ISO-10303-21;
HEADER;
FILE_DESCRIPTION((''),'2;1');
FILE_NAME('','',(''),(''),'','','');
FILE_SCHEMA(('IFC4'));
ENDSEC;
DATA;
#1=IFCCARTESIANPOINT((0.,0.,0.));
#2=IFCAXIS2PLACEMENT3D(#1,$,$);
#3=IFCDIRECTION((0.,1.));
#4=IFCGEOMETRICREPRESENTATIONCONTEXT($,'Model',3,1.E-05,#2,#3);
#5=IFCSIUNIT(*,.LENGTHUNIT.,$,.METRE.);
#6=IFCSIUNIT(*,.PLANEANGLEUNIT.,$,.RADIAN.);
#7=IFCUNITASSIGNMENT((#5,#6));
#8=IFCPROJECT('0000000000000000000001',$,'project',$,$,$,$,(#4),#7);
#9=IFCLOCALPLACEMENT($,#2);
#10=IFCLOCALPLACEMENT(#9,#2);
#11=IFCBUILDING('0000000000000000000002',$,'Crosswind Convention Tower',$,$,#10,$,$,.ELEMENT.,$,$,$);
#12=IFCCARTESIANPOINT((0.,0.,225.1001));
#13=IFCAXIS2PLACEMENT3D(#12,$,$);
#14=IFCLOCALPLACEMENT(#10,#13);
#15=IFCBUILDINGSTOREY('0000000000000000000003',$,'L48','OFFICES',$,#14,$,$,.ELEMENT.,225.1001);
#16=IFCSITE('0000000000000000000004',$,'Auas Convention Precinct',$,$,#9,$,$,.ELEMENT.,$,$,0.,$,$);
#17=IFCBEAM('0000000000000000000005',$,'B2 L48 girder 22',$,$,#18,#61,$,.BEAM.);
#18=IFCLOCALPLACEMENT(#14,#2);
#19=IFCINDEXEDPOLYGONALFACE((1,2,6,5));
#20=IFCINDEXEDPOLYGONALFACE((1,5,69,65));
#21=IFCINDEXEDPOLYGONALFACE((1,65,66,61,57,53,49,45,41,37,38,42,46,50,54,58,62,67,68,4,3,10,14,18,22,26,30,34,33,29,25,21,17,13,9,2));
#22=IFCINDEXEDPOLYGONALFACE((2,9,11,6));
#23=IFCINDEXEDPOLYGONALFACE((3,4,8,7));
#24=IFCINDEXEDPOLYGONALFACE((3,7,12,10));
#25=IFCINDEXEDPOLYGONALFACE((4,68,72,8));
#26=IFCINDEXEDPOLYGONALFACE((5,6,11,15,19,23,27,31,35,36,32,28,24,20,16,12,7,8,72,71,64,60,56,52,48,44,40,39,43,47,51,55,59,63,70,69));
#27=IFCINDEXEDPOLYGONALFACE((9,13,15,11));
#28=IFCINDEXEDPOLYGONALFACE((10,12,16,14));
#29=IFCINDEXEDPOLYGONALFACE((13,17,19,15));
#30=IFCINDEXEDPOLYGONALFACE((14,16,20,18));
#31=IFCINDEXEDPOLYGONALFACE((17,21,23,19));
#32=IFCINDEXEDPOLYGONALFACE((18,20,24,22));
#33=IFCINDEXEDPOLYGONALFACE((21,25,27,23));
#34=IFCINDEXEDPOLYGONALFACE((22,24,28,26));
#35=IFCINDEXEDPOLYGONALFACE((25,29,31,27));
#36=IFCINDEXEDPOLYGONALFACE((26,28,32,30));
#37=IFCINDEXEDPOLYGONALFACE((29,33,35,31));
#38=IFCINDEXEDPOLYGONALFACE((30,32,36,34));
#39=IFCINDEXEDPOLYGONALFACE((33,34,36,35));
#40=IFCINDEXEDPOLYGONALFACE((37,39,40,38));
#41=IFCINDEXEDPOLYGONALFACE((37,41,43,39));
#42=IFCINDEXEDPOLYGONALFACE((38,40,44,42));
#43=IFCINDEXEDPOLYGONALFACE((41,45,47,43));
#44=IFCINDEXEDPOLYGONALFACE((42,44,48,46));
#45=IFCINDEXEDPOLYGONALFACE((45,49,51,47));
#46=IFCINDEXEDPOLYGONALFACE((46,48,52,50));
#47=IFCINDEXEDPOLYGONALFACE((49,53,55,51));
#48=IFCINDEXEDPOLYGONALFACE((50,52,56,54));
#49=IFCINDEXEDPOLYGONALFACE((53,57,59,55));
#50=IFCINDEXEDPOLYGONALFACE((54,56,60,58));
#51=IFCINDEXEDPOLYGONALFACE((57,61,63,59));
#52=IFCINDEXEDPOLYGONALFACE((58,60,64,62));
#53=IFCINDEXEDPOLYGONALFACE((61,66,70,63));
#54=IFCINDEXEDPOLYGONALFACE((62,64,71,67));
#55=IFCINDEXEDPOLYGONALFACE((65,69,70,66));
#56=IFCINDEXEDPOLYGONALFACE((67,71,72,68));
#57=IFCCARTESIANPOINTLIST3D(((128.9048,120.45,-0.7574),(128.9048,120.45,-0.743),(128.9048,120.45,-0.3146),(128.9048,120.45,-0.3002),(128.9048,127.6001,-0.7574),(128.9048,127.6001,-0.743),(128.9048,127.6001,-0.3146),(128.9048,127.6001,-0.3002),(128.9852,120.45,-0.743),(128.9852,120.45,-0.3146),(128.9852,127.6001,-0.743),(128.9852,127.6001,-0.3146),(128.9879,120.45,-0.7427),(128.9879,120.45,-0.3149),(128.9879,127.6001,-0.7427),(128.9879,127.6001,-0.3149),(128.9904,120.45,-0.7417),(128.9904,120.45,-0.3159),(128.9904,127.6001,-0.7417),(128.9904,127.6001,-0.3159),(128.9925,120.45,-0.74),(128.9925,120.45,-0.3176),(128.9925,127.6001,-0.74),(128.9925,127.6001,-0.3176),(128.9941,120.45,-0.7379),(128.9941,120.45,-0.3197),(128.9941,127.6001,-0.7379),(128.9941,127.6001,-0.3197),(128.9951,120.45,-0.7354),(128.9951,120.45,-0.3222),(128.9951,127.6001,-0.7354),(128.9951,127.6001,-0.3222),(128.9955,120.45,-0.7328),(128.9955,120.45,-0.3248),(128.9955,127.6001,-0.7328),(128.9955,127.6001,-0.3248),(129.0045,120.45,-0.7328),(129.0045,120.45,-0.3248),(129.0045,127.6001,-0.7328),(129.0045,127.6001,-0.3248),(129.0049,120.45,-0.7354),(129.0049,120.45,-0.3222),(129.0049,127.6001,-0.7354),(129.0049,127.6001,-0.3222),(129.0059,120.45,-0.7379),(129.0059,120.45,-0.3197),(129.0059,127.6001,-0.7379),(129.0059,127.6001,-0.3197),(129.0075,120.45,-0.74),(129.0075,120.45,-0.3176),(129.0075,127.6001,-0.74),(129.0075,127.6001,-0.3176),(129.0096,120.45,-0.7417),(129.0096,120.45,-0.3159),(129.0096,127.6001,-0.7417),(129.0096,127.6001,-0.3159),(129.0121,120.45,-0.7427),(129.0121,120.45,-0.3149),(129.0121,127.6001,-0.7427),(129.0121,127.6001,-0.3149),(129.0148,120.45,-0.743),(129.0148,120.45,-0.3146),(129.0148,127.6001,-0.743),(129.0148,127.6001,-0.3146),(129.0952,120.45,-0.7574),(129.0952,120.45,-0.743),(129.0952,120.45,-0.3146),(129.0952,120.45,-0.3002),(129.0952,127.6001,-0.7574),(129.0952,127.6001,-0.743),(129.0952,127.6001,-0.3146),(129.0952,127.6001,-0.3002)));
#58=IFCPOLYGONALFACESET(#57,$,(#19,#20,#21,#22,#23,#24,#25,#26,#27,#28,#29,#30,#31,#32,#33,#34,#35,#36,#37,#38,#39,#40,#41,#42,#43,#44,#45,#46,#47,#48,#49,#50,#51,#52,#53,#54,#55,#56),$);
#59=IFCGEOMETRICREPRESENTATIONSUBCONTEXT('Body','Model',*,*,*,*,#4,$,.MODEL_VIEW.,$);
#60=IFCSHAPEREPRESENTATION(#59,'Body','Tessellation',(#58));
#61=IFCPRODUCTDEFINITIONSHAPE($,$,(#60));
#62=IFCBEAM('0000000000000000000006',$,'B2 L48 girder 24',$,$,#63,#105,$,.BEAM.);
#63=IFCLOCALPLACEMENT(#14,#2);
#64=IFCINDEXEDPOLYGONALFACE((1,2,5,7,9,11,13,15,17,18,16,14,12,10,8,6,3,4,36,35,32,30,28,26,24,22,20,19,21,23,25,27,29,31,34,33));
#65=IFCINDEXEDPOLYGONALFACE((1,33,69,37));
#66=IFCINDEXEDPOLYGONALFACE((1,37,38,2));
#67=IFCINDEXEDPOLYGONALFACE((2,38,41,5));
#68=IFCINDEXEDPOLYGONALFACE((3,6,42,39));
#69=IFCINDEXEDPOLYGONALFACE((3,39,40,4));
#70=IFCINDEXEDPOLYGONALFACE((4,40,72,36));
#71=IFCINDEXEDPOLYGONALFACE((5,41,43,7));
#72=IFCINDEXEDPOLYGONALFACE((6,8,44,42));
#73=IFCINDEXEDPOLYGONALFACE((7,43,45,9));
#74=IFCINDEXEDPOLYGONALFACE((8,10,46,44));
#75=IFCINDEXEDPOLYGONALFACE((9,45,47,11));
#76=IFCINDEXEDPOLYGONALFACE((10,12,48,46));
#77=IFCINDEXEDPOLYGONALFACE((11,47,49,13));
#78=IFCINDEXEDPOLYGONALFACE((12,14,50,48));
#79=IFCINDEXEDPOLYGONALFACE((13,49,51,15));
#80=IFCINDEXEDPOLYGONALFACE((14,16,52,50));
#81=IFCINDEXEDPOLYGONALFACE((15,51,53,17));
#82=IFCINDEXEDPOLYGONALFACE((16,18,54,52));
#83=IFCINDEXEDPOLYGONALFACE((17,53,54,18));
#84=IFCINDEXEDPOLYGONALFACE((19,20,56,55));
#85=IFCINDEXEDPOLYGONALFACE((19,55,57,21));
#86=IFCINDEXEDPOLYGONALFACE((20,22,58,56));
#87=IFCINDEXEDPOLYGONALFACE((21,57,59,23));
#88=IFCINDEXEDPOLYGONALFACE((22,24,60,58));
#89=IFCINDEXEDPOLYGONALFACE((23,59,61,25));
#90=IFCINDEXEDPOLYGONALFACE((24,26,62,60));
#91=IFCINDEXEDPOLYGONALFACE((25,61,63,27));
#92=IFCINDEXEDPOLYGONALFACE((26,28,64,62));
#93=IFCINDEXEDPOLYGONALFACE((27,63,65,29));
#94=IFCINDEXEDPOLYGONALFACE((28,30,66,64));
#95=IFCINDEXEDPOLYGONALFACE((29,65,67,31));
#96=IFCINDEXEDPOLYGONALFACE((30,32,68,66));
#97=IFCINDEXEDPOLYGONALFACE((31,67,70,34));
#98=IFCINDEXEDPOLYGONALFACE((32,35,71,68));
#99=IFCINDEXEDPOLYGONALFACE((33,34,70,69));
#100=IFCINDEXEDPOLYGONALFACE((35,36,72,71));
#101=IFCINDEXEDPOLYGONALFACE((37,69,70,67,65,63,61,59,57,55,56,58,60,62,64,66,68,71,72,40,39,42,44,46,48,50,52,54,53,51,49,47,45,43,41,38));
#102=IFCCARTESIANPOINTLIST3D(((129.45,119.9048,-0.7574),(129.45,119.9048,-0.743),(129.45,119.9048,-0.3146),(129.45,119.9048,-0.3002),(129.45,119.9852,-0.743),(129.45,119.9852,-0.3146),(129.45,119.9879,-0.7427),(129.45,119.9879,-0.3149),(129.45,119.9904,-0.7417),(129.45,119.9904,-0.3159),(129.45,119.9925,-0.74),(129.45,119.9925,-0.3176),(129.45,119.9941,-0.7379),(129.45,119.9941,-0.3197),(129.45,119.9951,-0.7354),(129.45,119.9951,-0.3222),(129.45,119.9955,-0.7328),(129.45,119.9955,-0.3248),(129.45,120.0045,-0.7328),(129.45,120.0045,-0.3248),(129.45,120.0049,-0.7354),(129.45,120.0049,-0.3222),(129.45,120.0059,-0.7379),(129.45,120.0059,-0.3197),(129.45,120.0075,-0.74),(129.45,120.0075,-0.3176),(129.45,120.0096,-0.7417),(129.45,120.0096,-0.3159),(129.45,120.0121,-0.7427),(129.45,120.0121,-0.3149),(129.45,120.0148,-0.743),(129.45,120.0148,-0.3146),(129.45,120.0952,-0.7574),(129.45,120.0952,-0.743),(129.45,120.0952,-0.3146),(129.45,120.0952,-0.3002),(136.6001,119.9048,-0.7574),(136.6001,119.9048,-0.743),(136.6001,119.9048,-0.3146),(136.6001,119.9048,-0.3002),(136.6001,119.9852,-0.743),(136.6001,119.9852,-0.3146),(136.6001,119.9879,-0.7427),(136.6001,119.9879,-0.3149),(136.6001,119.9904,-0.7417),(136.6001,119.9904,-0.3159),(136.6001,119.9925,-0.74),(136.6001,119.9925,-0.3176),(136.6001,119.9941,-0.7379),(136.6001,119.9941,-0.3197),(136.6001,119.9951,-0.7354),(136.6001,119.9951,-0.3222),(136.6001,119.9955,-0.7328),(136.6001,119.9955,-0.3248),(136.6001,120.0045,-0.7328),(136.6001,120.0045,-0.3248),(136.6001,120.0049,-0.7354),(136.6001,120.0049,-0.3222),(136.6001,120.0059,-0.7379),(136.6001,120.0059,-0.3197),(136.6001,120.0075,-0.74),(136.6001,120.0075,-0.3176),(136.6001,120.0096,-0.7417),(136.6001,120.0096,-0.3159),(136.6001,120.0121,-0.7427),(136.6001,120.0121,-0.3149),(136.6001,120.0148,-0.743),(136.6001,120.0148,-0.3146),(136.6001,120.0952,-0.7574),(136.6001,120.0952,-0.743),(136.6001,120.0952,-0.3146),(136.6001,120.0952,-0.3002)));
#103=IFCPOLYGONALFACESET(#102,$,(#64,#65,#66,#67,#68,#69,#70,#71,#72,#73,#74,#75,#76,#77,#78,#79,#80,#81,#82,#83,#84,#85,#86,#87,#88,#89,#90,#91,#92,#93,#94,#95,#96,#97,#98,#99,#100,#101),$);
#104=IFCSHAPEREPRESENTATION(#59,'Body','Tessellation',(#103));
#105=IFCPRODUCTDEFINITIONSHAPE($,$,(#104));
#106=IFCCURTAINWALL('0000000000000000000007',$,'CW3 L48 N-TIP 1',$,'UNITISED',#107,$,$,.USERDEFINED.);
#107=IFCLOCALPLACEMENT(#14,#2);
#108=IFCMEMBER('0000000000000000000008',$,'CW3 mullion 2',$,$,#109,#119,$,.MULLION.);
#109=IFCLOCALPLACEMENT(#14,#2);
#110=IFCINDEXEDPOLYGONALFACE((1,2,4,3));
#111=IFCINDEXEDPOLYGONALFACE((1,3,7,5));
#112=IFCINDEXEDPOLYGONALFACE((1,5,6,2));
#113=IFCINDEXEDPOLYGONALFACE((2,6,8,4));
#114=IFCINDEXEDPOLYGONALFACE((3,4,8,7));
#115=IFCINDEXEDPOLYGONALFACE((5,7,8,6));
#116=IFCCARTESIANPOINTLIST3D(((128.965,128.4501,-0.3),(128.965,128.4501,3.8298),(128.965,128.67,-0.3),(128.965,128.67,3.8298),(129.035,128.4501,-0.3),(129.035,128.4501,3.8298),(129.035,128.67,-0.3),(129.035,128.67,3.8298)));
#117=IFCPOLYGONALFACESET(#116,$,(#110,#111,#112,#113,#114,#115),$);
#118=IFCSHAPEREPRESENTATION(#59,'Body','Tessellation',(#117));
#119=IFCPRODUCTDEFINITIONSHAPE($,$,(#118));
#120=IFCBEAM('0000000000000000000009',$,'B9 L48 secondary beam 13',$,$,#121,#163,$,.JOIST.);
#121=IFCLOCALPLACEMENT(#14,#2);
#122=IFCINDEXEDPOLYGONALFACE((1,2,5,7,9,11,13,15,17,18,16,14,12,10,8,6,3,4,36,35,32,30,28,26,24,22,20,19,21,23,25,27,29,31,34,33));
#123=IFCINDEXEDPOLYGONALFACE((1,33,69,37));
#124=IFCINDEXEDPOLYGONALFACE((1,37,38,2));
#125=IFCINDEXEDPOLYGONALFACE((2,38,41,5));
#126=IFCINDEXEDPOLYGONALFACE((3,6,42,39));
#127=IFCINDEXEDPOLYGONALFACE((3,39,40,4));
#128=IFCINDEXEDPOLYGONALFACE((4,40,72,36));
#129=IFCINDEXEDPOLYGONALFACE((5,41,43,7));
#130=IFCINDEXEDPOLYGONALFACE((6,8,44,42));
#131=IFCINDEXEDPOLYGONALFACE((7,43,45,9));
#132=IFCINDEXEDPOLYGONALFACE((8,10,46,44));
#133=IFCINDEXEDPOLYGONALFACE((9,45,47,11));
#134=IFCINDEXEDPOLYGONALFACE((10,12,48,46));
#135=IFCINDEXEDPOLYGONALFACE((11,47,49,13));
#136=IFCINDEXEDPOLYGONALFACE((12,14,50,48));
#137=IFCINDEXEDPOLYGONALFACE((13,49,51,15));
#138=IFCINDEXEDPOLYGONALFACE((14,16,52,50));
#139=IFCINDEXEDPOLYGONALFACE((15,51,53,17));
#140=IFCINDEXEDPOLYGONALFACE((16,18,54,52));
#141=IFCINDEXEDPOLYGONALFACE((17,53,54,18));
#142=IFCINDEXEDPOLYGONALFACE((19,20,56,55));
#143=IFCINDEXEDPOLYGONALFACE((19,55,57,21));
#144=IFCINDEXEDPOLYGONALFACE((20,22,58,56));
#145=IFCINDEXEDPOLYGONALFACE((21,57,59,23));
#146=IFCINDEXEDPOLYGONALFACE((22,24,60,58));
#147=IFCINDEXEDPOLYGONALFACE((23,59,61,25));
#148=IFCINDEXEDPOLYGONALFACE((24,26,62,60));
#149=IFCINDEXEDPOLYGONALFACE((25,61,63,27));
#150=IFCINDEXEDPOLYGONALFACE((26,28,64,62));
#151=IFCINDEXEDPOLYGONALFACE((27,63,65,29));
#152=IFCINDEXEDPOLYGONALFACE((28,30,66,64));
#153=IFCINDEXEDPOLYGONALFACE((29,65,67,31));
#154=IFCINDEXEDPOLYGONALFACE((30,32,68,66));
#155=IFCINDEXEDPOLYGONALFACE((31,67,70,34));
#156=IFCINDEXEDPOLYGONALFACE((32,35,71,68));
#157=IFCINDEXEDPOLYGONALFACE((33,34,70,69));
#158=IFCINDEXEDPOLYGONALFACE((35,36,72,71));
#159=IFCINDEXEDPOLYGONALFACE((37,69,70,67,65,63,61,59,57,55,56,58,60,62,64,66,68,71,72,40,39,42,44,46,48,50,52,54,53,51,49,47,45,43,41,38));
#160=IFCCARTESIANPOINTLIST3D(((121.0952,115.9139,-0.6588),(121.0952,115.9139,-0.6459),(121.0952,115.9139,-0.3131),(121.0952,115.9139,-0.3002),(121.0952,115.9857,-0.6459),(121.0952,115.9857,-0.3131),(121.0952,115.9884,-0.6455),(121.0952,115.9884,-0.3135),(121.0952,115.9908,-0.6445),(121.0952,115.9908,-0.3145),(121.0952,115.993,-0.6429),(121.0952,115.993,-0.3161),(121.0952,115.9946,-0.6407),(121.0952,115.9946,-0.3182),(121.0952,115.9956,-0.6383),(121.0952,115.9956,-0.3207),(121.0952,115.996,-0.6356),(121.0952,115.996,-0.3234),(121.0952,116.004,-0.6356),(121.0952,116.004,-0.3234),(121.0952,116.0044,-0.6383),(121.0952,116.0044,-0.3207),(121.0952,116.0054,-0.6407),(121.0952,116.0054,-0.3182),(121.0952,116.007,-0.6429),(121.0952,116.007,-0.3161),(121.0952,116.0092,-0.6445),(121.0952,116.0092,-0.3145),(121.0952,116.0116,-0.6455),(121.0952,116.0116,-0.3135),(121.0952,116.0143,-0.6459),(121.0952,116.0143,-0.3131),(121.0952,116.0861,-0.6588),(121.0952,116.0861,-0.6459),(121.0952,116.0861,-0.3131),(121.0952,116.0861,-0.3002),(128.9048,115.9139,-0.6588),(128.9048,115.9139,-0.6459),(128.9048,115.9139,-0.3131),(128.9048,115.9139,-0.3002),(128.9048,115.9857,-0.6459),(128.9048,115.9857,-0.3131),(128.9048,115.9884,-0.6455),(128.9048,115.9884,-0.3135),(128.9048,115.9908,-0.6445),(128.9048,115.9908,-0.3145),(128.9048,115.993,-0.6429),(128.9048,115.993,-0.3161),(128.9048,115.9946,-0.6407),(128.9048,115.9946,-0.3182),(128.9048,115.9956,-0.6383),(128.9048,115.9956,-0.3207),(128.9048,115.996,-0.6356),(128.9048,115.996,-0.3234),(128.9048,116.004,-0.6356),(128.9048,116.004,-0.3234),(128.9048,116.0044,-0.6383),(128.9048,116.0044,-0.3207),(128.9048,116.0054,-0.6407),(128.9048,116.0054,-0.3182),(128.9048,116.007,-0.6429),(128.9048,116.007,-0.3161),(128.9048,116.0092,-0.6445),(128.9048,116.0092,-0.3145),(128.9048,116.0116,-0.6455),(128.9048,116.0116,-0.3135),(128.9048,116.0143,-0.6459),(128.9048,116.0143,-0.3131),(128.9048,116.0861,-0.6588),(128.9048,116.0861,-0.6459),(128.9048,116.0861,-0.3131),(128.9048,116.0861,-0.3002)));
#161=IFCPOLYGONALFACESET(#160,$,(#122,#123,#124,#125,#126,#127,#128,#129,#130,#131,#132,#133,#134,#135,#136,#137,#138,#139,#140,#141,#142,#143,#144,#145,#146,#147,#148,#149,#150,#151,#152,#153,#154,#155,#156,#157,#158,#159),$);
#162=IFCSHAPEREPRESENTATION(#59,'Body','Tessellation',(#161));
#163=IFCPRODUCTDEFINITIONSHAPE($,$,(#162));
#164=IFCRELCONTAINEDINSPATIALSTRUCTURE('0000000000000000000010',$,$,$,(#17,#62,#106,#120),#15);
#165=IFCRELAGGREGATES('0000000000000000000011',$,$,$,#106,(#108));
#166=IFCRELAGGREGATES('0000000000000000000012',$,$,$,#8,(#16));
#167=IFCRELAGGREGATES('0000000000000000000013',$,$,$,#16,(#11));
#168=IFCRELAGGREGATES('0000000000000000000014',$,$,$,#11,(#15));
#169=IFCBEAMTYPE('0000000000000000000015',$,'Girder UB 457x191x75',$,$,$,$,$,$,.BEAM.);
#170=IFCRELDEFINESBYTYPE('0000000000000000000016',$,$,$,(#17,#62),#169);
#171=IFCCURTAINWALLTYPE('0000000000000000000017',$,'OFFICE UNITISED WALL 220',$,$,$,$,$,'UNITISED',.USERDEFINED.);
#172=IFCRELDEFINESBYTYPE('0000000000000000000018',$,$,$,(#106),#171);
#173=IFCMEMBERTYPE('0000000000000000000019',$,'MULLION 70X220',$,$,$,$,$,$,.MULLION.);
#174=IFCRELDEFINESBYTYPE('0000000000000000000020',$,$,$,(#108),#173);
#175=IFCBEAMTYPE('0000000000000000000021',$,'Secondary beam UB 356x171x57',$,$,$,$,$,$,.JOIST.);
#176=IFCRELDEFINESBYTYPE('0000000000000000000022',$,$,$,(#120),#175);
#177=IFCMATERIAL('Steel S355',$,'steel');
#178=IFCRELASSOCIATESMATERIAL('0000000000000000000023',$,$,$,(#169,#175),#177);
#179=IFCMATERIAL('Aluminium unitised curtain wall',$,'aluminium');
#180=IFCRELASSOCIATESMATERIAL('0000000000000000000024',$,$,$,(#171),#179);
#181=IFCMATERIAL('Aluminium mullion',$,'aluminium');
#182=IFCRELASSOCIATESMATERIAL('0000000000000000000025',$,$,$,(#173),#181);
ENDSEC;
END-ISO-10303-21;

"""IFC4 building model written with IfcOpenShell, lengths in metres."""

from ifc_helpers import new_model, si_unit, direction, frame, origin, origin_2d, place, context, subcontext, project, spatial, rectangle, i_section, extrude, material, material_profile, profile_set, type_object, element, aggregate, save


model = new_model("IFC4")

# Units and contexts
model_context = context("Model", 3, precision=1e-05, world=origin(), true_north=direction((0.0, 1.0)))
body_context = subcontext(model_context, "Body", "Model", "MODEL_VIEW")
ifc_project = project(units=[si_unit("LENGTHUNIT", "METRE"), si_unit("PLANEANGLEUNIT", "RADIAN")], contexts=[model_context])

# Site, building, storey
site_placement = place(None, origin())
site = spatial("IfcSite", under=ifc_project, at=site_placement, Name="Auas Convention Precinct", CompositionType="ELEMENT", RefElevation=0.0)
building_placement = place(site_placement, origin())
building = spatial("IfcBuilding", under=site, at=building_placement, Name="Crosswind Convention Tower", CompositionType="ELEMENT")
storey_placement = place(building_placement, frame((0.0, 0.0, 225.1001)))
storey = spatial("IfcBuildingStorey", under=building, at=storey_placement, Name="L48", Description="OFFICES", CompositionType="ELEMENT", Elevation=225.1001)

# Beams
ifc_material_1 = material(Name="Steel S355", Category="steel")
ifc_material_profile_1 = material_profile(ifc_material_1, i_section(OverallWidth=0.1904, OverallDepth=0.4573, WebThickness=0.009, FlangeThickness=0.0144, FilletRadius=0.0103, at=origin_2d()), Name="UB 457x191x75")
ifc_profile_set_1 = profile_set([ifc_material_profile_1], Name="Steel S355")
beam_type_1 = type_object("IfcBeamType", Name="Girder UB 457x191x75", PredefinedType="BEAM", material=ifc_profile_set_1)
for number, where, z_axis, x_axis, name in (
    (1, (129.0, 120.45, -0.5288), (0.0, 1.0, 0.0), (-1.0, 0.0, 0.0), "B2 L48 girder 22"),
    (2, (129.45, 120.0, -0.5288), (1.0, 0.0, 0.0), (0.0, 1.0, 0.0), "B2 L48 girder 24"),
):
    element("IfcBeam", number, at=place(storey_placement, frame(where, z_axis=z_axis, x_axis=x_axis)), inside=storey, type_object=beam_type_1, Name=name, PredefinedType="BEAM", context=body_context, shape_type="SweptSolid", body=[
        extrude(i_section(OverallWidth=0.1904, OverallDepth=0.4573, WebThickness=0.009, FlangeThickness=0.0144, FilletRadius=0.0103, at=origin_2d()), origin(), (0.0, 0.0, 1.0), 7.1501),
    ])

# Curtain wall, member
ifc_material_2 = material(Name="Aluminium unitised curtain wall", Category="aluminium")
curtain_wall_type = type_object("IfcCurtainWallType", Name="OFFICE UNITISED WALL 220", ElementType="UNITISED", PredefinedType="USERDEFINED", material=ifc_material_2)
curtain_wall_placement = place(storey_placement, origin())
curtain_wall = element("IfcCurtainWall", 3, at=curtain_wall_placement, inside=storey, type_object=curtain_wall_type, Name="CW3 L48 N-TIP 1", ObjectType="UNITISED", PredefinedType="USERDEFINED")
ifc_material_3 = material(Name="Aluminium mullion", Category="aluminium")
ifc_material_profile_2 = material_profile(ifc_material_3, rectangle(XDim=0.22, YDim=0.0701, at=origin_2d()), Name="AL 220X70")
ifc_profile_set_2 = profile_set([ifc_material_profile_2], Name="Aluminium mullion")
member_type = type_object("IfcMemberType", Name="MULLION 70X220", PredefinedType="MULLION", material=ifc_profile_set_2)
member_placement = place(storey_placement, frame((129.0, 128.5601, -0.3), z_axis=(0.0, 0.0, 1.0), x_axis=(0.0, 1.0, 0.0)))
member = element("IfcMember", 4, at=member_placement, type_object=member_type, Name="CW3 mullion 2", PredefinedType="MULLION", context=body_context, shape_type="SweptSolid", body=[
    extrude(rectangle(XDim=0.22, YDim=0.0701, at=origin_2d()), origin(), (0.0, 0.0, 1.0), 4.1299),
])

# Beam
ifc_material_profile_3 = material_profile(ifc_material_1, i_section(OverallWidth=0.1721, OverallDepth=0.3586, WebThickness=0.0081, FlangeThickness=0.0129, FilletRadius=0.0103, at=origin_2d()), Name="UB 356x171x57")
ifc_profile_set_3 = profile_set([ifc_material_profile_3], Name="Steel S355")
beam_type_2 = type_object("IfcBeamType", Name="Secondary beam UB 356x171x57", PredefinedType="JOIST", material=ifc_profile_set_3)
for number, where, z_axis, x_axis, name in (
    (5, (121.0952, 116.0, -0.4795), (1.0, 0.0, 0.0), (0.0, 1.0, 0.0), "B9 L48 secondary beam 13"),
):
    element("IfcBeam", number, at=place(storey_placement, frame(where, z_axis=z_axis, x_axis=x_axis)), inside=storey, type_object=beam_type_2, Name=name, PredefinedType="JOIST", context=body_context, shape_type="SweptSolid", body=[
        extrude(i_section(OverallWidth=0.1721, OverallDepth=0.3586, WebThickness=0.0081, FlangeThickness=0.0129, FilletRadius=0.0103, at=origin_2d()), origin(), (0.0, 0.0, 1.0), 7.8096),
    ])

aggregate(curtain_wall, [member])

save(model, "model.ifc")
